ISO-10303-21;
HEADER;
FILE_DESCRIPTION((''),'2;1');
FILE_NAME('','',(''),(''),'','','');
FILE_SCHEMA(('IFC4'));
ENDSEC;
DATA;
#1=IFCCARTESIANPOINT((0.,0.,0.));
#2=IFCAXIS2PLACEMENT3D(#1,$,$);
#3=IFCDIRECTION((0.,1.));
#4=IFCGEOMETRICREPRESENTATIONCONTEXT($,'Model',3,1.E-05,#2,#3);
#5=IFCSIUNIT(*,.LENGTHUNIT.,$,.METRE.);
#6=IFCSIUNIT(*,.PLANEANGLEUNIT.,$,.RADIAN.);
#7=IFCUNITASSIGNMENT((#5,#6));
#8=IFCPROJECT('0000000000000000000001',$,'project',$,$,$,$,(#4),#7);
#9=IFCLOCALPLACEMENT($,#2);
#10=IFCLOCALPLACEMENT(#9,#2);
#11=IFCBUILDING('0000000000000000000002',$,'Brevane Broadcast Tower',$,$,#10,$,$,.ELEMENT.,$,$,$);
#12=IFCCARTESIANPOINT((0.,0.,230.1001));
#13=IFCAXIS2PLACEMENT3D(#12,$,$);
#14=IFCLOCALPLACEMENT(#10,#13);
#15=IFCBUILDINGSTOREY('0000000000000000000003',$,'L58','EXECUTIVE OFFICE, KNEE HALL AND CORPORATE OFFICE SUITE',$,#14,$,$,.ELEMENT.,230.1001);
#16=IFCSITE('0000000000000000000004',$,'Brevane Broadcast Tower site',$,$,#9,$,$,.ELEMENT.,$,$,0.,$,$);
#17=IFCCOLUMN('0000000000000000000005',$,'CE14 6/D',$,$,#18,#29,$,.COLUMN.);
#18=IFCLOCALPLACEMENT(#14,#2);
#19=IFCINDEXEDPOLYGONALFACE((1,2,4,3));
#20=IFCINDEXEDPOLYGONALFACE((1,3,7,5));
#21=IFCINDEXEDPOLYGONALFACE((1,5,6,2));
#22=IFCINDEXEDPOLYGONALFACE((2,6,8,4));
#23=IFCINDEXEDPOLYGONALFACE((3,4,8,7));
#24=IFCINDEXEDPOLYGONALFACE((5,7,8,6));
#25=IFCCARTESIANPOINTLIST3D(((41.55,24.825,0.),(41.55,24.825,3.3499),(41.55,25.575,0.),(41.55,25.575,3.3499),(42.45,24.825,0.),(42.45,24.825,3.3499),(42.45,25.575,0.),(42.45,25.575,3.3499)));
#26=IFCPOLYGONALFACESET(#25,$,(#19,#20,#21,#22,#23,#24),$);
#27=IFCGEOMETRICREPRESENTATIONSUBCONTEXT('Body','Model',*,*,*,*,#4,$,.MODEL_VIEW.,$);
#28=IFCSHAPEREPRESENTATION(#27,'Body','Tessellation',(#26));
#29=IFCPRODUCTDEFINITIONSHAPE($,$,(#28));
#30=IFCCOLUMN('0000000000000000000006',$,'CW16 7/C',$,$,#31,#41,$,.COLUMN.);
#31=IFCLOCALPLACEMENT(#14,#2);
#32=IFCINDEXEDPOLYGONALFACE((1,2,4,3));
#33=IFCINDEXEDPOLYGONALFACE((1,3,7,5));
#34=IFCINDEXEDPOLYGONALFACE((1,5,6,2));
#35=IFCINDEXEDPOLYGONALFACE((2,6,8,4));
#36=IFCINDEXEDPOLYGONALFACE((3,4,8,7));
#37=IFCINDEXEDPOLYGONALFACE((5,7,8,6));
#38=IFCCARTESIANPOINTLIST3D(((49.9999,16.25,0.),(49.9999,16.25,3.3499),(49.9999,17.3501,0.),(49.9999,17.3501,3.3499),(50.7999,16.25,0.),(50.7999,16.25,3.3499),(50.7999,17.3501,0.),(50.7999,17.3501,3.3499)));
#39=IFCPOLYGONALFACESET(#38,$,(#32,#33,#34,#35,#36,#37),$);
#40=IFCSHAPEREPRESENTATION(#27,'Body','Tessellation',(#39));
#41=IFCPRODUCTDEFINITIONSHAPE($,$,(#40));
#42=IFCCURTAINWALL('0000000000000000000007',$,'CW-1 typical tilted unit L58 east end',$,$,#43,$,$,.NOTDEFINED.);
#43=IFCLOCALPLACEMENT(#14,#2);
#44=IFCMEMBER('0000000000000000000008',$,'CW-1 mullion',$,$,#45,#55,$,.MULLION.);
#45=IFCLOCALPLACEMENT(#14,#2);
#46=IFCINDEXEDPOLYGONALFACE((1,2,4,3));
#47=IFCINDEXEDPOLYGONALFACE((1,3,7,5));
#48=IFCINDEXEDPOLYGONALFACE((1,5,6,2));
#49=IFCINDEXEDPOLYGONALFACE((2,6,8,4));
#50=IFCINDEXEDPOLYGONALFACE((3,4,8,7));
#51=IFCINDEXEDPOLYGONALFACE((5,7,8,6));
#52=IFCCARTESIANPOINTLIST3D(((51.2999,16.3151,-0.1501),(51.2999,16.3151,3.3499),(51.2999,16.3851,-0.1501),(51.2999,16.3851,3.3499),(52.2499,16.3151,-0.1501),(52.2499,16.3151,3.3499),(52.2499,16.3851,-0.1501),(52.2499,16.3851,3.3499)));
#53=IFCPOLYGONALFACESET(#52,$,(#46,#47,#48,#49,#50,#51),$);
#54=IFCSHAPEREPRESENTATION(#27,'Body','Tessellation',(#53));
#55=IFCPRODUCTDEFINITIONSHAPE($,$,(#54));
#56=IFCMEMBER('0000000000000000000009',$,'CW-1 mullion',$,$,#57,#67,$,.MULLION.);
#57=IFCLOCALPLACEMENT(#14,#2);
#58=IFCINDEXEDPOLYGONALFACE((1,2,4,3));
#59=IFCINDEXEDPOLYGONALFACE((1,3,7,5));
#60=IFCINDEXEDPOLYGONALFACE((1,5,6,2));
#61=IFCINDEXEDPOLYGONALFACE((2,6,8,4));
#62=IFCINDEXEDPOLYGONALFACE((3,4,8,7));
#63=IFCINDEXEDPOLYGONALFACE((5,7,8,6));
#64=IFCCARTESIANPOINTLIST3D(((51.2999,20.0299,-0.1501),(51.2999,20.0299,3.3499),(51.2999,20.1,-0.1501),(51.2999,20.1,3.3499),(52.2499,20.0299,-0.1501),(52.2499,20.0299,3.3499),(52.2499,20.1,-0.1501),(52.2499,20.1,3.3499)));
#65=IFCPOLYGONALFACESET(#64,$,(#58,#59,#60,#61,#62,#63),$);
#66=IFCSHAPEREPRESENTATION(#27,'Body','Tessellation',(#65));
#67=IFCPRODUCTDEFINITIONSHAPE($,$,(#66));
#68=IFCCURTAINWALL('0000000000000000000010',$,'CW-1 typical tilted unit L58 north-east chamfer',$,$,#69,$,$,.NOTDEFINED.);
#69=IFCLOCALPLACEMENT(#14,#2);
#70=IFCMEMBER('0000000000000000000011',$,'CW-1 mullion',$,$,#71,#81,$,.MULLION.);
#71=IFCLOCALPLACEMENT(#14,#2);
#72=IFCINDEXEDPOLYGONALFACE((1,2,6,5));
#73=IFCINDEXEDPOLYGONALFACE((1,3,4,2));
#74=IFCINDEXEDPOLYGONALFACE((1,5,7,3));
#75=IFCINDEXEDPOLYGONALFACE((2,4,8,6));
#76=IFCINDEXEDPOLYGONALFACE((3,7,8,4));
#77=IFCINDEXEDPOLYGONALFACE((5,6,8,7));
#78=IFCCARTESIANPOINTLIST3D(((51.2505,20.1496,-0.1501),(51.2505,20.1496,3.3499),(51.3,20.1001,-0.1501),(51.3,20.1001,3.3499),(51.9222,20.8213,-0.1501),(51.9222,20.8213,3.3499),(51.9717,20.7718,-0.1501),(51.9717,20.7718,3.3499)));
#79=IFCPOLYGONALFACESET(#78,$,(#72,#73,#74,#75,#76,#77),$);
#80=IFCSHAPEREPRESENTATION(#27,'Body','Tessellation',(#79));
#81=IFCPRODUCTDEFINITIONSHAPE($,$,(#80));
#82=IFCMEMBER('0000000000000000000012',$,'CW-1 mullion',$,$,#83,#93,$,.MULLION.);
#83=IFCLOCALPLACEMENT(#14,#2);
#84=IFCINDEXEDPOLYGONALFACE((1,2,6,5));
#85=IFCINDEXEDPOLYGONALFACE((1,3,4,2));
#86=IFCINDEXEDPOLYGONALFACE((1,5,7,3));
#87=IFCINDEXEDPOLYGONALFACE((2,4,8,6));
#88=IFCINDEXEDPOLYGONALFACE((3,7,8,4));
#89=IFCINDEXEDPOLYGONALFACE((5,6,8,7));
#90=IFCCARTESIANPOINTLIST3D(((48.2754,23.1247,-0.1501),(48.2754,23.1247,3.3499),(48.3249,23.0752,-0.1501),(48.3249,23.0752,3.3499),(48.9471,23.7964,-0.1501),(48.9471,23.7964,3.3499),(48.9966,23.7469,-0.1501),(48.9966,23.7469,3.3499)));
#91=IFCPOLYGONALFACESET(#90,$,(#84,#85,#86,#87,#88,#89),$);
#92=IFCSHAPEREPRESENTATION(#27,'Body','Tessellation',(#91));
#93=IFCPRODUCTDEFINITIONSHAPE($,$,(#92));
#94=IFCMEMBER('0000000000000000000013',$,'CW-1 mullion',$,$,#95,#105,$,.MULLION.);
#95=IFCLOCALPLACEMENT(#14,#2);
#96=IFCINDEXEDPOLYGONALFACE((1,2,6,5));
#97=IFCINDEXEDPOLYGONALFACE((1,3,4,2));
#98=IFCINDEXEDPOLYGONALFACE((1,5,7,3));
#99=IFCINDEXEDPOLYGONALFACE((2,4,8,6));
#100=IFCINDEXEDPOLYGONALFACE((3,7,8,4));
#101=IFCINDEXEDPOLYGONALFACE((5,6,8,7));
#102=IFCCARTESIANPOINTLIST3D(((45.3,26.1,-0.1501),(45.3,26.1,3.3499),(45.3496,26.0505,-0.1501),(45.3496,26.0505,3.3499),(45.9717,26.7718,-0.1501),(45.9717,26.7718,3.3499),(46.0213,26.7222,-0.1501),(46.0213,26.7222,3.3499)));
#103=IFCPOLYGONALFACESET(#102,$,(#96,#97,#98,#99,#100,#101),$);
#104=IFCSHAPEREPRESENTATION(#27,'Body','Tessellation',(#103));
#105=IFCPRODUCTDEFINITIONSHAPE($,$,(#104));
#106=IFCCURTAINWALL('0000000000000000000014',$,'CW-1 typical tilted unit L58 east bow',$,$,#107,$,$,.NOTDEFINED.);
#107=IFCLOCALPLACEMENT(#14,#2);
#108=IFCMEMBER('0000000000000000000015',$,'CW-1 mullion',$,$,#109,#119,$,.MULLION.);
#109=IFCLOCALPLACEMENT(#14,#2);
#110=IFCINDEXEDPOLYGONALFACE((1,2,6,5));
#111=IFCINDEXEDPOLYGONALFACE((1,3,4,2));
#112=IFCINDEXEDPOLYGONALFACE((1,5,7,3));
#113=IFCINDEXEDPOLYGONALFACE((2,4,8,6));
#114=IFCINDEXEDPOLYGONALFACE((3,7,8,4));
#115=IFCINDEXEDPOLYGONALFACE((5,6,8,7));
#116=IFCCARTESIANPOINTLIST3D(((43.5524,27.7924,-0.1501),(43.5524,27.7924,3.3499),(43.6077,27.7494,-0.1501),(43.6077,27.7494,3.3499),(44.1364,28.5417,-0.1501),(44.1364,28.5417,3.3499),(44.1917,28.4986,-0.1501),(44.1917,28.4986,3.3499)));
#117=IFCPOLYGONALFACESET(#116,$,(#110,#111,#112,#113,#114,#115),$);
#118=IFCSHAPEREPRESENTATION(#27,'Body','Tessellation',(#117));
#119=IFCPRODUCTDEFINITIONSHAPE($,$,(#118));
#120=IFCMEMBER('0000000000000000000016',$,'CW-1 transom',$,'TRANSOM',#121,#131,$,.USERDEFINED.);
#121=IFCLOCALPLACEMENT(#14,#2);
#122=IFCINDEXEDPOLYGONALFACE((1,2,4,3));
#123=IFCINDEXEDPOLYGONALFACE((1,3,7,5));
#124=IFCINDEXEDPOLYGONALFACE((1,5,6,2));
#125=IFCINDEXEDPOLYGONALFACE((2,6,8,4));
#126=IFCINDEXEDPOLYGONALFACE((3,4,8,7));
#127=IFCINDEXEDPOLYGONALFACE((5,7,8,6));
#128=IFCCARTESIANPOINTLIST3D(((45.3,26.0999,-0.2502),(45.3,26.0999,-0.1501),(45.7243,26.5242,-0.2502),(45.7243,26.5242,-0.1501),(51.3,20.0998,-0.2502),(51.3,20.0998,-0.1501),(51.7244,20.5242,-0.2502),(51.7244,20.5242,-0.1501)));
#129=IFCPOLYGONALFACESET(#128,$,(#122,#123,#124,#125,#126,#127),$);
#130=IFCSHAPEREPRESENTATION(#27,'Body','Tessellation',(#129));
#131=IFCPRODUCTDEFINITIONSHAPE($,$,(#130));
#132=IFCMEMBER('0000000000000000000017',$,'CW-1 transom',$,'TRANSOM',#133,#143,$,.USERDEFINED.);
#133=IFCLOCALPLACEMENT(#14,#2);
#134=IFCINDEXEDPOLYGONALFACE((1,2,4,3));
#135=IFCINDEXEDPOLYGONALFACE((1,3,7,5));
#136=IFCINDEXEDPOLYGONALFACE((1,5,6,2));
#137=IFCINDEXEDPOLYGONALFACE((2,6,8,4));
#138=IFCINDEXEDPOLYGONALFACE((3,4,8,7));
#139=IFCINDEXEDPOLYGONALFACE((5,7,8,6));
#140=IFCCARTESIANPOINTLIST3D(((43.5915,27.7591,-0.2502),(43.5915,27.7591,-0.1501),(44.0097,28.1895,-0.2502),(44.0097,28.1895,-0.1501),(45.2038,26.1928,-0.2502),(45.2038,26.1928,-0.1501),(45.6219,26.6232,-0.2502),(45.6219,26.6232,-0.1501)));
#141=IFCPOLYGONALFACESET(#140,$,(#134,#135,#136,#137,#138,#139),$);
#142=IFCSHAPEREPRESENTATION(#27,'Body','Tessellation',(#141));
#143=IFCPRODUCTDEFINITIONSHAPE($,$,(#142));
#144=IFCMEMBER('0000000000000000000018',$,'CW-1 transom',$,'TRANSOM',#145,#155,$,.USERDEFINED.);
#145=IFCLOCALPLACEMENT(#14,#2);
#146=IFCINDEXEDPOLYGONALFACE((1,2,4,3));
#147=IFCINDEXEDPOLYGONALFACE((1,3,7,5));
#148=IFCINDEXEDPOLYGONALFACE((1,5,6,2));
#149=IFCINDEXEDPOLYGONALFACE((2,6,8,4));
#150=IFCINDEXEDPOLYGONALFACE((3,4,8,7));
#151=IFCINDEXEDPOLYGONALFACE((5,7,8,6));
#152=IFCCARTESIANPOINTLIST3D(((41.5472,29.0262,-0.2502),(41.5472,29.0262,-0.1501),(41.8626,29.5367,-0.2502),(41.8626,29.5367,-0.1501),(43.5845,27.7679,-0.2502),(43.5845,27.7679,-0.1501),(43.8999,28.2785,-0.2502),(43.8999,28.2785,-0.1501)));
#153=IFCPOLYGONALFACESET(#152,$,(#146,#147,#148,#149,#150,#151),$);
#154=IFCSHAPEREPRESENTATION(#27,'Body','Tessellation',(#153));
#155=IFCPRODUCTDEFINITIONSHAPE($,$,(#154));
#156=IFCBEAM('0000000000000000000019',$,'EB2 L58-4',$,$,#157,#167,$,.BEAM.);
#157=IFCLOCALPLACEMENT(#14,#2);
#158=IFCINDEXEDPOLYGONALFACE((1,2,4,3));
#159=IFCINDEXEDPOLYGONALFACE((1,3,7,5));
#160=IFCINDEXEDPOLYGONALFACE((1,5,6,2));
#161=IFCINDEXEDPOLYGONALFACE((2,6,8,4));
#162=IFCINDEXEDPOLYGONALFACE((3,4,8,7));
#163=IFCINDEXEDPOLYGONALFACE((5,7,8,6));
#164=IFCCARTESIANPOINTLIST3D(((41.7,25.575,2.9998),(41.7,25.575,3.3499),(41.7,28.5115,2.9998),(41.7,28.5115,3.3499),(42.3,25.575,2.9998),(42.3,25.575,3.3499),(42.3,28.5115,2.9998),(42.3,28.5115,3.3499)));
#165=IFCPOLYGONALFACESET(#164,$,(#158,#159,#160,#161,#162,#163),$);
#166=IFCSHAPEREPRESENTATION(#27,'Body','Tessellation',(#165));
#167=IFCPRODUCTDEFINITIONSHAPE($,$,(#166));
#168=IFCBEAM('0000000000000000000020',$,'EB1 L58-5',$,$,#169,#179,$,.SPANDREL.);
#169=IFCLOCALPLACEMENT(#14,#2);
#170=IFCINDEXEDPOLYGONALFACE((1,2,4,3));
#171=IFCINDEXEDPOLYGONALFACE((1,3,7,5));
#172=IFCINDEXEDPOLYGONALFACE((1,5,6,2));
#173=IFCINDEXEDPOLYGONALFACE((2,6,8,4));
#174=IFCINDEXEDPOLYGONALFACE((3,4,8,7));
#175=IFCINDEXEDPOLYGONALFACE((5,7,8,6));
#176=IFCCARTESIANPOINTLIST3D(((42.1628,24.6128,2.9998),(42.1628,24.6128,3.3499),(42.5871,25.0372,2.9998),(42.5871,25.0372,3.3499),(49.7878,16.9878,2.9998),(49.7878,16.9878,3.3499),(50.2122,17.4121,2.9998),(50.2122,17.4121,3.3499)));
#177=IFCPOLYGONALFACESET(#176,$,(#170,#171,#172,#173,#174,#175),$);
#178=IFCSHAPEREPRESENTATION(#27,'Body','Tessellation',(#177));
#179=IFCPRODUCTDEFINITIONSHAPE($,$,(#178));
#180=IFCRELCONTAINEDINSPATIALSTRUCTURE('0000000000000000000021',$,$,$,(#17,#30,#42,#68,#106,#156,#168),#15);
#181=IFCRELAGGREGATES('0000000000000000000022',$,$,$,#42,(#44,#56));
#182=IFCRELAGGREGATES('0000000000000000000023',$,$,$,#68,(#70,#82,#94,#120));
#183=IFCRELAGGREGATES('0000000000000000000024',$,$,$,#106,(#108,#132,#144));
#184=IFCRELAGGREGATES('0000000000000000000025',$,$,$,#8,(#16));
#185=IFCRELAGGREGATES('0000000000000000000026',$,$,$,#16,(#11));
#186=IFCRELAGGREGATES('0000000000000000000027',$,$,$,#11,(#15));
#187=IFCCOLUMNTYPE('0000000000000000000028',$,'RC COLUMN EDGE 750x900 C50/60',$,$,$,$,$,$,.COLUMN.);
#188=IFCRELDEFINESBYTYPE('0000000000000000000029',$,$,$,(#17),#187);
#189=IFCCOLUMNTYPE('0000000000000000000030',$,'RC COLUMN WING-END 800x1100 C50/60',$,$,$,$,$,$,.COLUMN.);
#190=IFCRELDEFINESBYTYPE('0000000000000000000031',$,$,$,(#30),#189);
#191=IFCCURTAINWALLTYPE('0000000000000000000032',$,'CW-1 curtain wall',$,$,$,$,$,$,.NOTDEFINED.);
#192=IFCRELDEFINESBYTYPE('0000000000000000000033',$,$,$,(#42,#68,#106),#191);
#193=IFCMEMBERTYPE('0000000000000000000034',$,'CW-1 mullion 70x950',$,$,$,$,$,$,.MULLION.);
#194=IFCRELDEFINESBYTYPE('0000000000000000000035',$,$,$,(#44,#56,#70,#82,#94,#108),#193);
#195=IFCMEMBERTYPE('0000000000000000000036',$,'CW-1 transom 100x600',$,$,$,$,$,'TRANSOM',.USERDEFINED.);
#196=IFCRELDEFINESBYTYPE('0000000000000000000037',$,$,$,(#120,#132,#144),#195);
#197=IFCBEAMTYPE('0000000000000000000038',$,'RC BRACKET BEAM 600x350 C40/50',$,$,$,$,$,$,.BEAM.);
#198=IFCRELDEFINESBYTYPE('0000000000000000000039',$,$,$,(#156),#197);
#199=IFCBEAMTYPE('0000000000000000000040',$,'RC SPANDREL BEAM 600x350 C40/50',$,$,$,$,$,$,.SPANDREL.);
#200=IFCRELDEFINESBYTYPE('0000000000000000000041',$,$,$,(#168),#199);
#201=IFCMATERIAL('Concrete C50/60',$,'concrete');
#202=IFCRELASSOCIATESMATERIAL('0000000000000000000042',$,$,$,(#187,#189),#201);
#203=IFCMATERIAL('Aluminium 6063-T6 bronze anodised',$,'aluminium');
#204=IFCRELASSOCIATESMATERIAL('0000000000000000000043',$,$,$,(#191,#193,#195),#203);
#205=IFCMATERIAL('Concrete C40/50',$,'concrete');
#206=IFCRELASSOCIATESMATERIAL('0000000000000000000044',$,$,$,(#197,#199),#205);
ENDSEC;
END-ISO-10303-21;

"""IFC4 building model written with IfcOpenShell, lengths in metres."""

from ifc_helpers import new_model, si_unit, direction, frame, origin, origin_2d, place, context, subcontext, project, spatial, rectangle, extrude, material, material_profile, profile_set, type_object, element, aggregate, save


model = new_model("IFC4")

# Units and contexts
model_context = context("Model", 3, precision=1e-05, world=origin(), true_north=direction((0.0, 1.0)))
body_context = subcontext(model_context, "Body", "Model", "MODEL_VIEW")
ifc_project = project(units=[si_unit("LENGTHUNIT", "METRE"), si_unit("PLANEANGLEUNIT", "RADIAN")], contexts=[model_context])

# Site, building, storey
site_placement = place(None, origin())
site = spatial("IfcSite", under=ifc_project, at=site_placement, Name="Brevane Broadcast Tower site", CompositionType="ELEMENT", RefElevation=0.0)
building_placement = place(site_placement, origin())
building = spatial("IfcBuilding", under=site, at=building_placement, Name="Brevane Broadcast Tower", CompositionType="ELEMENT")
storey_placement = place(building_placement, frame((0.0, 0.0, 230.1001)))
storey = spatial("IfcBuildingStorey", under=building, at=storey_placement, Name="L58", Description="EXECUTIVE OFFICE, KNEE HALL AND CORPORATE OFFICE SUITE", CompositionType="ELEMENT", Elevation=230.1001)

# Columns
ifc_material_1 = material(Name="Concrete C50/60", Category="concrete")
ifc_material_profile_1 = material_profile(ifc_material_1, rectangle(XDim=0.75, YDim=0.8999, at=origin_2d()), Name="RC 750x900")
ifc_profile_set_1 = profile_set([ifc_material_profile_1], Name="Concrete C50/60")
column_type_1 = type_object("IfcColumnType", Name="RC COLUMN EDGE 750x900 C50/60", PredefinedType="COLUMN", material=ifc_profile_set_1)
column_1_placement = place(storey_placement, frame((42.0, 25.2, 0.0), z_axis=(0.0, 0.0, 1.0), x_axis=(0.0, 1.0, 0.0)))
element("IfcColumn", 1, at=column_1_placement, inside=storey, type_object=column_type_1, Name="CE14 6/D", PredefinedType="COLUMN", context=body_context, shape_type="SweptSolid", body=[
    extrude(rectangle(XDim=0.75, YDim=0.8999, at=origin_2d()), origin(), (0.0, 0.0, 1.0), 3.3499),
])
ifc_material_profile_2 = material_profile(ifc_material_1, rectangle(XDim=0.8, YDim=1.1001, at=origin_2d()), Name="RC 800x1100")
ifc_profile_set_2 = profile_set([ifc_material_profile_2], Name="Concrete C50/60")
column_type_2 = type_object("IfcColumnType", Name="RC COLUMN WING-END 800x1100 C50/60", PredefinedType="COLUMN", material=ifc_profile_set_2)
column_2_placement = place(storey_placement, frame((50.3999, 16.8, 0.0), z_axis=(0.0, 0.0, 1.0), x_axis=(1.0, 0.0, 0.0)))
element("IfcColumn", 2, at=column_2_placement, inside=storey, type_object=column_type_2, Name="CW16 7/C", PredefinedType="COLUMN", context=body_context, shape_type="SweptSolid", body=[
    extrude(rectangle(XDim=0.8, YDim=1.1001, at=origin_2d()), origin(), (0.0, 0.0, 1.0), 3.3499),
])

# Curtain walls, members
ifc_material_2 = material(Name="Aluminium 6063-T6 bronze anodised", Category="aluminium")
curtain_wall_type = type_object("IfcCurtainWallType", Name="CW-1 curtain wall", PredefinedType="NOTDEFINED", material=ifc_material_2)
curtain_wall_1_placement = place(storey_placement, origin())
curtain_wall_1 = element("IfcCurtainWall", 3, at=curtain_wall_1_placement, inside=storey, type_object=curtain_wall_type, Name="CW-1 typical tilted unit L58 east end", PredefinedType="NOTDEFINED")
ifc_material_profile_3 = material_profile(ifc_material_2, rectangle(XDim=0.95, YDim=0.0701, at=origin_2d()), Name="RECT 70x950")
ifc_profile_set_3 = profile_set([ifc_material_profile_3], Name="Aluminium 6063-T6 bronze anodised")
member_type_1 = type_object("IfcMemberType", Name="CW-1 mullion 70x950", PredefinedType="MULLION", material=ifc_profile_set_3)
member_1_placement = place(storey_placement, frame((51.7749, 16.3501, -0.1501), z_axis=(0.0, 0.0, 1.0), x_axis=(-1.0, 0.0, 0.0)))
member_1 = element("IfcMember", 4, at=member_1_placement, type_object=member_type_1, Name="CW-1 mullion", PredefinedType="MULLION", context=body_context, shape_type="SweptSolid", body=[
    extrude(rectangle(XDim=0.95, YDim=0.0701, at=origin_2d()), origin(), (0.0, 0.0, 1.0), 3.5),
])
member_2_placement = place(storey_placement, frame((51.7749, 20.0649, -0.1501), z_axis=(0.0, 0.0, 1.0), x_axis=(-1.0, 0.0, 0.0)))
member_2 = element("IfcMember", 5, at=member_2_placement, type_object=member_type_1, Name="CW-1 mullion", PredefinedType="MULLION", context=body_context, shape_type="SweptSolid", body=[
    extrude(rectangle(XDim=0.95, YDim=0.0701, at=origin_2d()), origin(), (0.0, 0.0, 1.0), 3.5),
])
aggregate(curtain_wall_1, [member_1, member_2])
curtain_wall_2_placement = place(storey_placement, origin())
curtain_wall_2 = element("IfcCurtainWall", 6, at=curtain_wall_2_placement, inside=storey, type_object=curtain_wall_type, Name="CW-1 typical tilted unit L58 north-east chamfer", PredefinedType="NOTDEFINED")
member_3_placement = place(storey_placement, frame((51.6111, 20.4607, -0.1501), z_axis=(0.0, 0.0, 1.0), x_axis=(-0.707107, -0.707107, 0.0)))
member_3 = element("IfcMember", 7, at=member_3_placement, type_object=member_type_1, Name="CW-1 mullion", PredefinedType="MULLION", context=body_context, shape_type="SweptSolid", body=[
    extrude(rectangle(XDim=0.95, YDim=0.0701, at=origin_2d()), origin(), (0.0, 0.0, 1.0), 3.5),
])
member_4_placement = place(storey_placement, frame((48.636, 23.4358, -0.1501), z_axis=(0.0, 0.0, 1.0), x_axis=(-0.707107, -0.707107, 0.0)))
member_4 = element("IfcMember", 8, at=member_4_placement, type_object=member_type_1, Name="CW-1 mullion", PredefinedType="MULLION", context=body_context, shape_type="SweptSolid", body=[
    extrude(rectangle(XDim=0.95, YDim=0.0701, at=origin_2d()), origin(), (0.0, 0.0, 1.0), 3.5),
])
member_5_placement = place(storey_placement, frame((45.6606, 26.4111, -0.1501), z_axis=(0.0, 0.0, 1.0), x_axis=(-0.707107, -0.707107, 0.0)))
member_5 = element("IfcMember", 9, at=member_5_placement, type_object=member_type_1, Name="CW-1 mullion", PredefinedType="MULLION", context=body_context, shape_type="SweptSolid", body=[
    extrude(rectangle(XDim=0.95, YDim=0.0701, at=origin_2d()), origin(), (0.0, 0.0, 1.0), 3.5),
])

# Curtain wall, member
curtain_wall_3_placement = place(storey_placement, origin())
curtain_wall_3 = element("IfcCurtainWall", 10, at=curtain_wall_3_placement, inside=storey, type_object=curtain_wall_type, Name="CW-1 typical tilted unit L58 east bow", PredefinedType="NOTDEFINED")
member_6_placement = place(storey_placement, frame((43.8721, 28.1455, -0.1501), z_axis=(0.0, 0.0, 1.0), x_axis=(-0.61477, -0.788707, 0.0)))
member_6 = element("IfcMember", 11, at=member_6_placement, type_object=member_type_1, Name="CW-1 mullion", PredefinedType="MULLION", context=body_context, shape_type="SweptSolid", body=[
    extrude(rectangle(XDim=0.95, YDim=0.0701, at=origin_2d()), origin(), (0.0, 0.0, 1.0), 3.5),
])

# Members
ifc_material_profile_4 = material_profile(ifc_material_2, rectangle(XDim=0.6001, YDim=0.1001, at=origin_2d()), Name="RECT 100x600")
ifc_profile_set_4 = profile_set([ifc_material_profile_4], Name="Aluminium 6063-T6 bronze anodised")
member_type_2 = type_object("IfcMemberType", Name="CW-1 transom 100x600", ElementType="TRANSOM", PredefinedType="USERDEFINED", material=ifc_profile_set_4)
member_7_placement = place(storey_placement, frame((51.5122, 20.312, -0.2002), z_axis=(-0.707107, 0.707107, 0.0), x_axis=(-0.707107, -0.707107, 0.0)))
member_7 = element("IfcMember", 12, at=member_7_placement, type_object=member_type_2, Name="CW-1 transom", ObjectType="TRANSOM", PredefinedType="USERDEFINED", context=body_context, shape_type="SweptSolid", body=[
    extrude(rectangle(XDim=0.6001, YDim=0.1001, at=origin_2d()), origin(), (0.0, 0.0, 1.0), 8.4854),
])
aggregate(curtain_wall_2, [member_3, member_4, member_5, member_7])
member_8_placement = place(storey_placement, frame((45.4128, 26.408, -0.2002), z_axis=(-0.717242, 0.696824, 0.0), x_axis=(-0.696824, -0.717242, 0.0)))
member_8 = element("IfcMember", 13, at=member_8_placement, type_object=member_type_2, Name="CW-1 transom", ObjectType="TRANSOM", PredefinedType="USERDEFINED", context=body_context, shape_type="SweptSolid", body=[
    extrude(rectangle(XDim=0.6001, YDim=0.1001, at=origin_2d()), origin(), (0.0, 0.0, 1.0), 2.2478),
])
member_9_placement = place(storey_placement, frame((43.7422, 28.0232, -0.2002), z_axis=(-0.85081, 0.525473, 0.0), x_axis=(-0.525473, -0.85081, 0.0)))
member_9 = element("IfcMember", 14, at=member_9_placement, type_object=member_type_2, Name="CW-1 transom", ObjectType="TRANSOM", PredefinedType="USERDEFINED", context=body_context, shape_type="SweptSolid", body=[
    extrude(rectangle(XDim=0.6001, YDim=0.1001, at=origin_2d()), origin(), (0.0, 0.0, 1.0), 2.3945),
])
aggregate(curtain_wall_3, [member_6, member_8, member_9])

# Beams
ifc_material_3 = material(Name="Concrete C40/50", Category="concrete")
ifc_material_profile_5 = material_profile(ifc_material_3, rectangle(XDim=0.6001, YDim=0.3501, at=origin_2d()), Name="RC 600x350")
ifc_profile_set_5 = profile_set([ifc_material_profile_5], Name="Concrete C40/50")
beam_type_1 = type_object("IfcBeamType", Name="RC BRACKET BEAM 600x350 C40/50", PredefinedType="BEAM", material=ifc_profile_set_5)
beam_1_placement = place(storey_placement, frame((42.0, 25.575, 3.1748), z_axis=(0.0, 1.0, 0.0), x_axis=(-1.0, 0.0, 0.0)))
element("IfcBeam", 15, at=beam_1_placement, inside=storey, type_object=beam_type_1, Name="EB2 L58-4", PredefinedType="BEAM", context=body_context, shape_type="SweptSolid", body=[
    extrude(rectangle(XDim=0.6001, YDim=0.3501, at=origin_2d()), origin(), (0.0, 0.0, 1.0), 2.9365),
])
ifc_material_profile_6 = material_profile(ifc_material_3, rectangle(XDim=0.6001, YDim=0.3501, at=origin_2d()), Name="RC 600x350")
ifc_profile_set_6 = profile_set([ifc_material_profile_6], Name="Concrete C40/50")
beam_type_2 = type_object("IfcBeamType", Name="RC SPANDREL BEAM 600x350 C40/50", PredefinedType="SPANDREL", material=ifc_profile_set_6)
beam_2_placement = place(storey_placement, frame((50.0, 17.2, 3.1748), z_axis=(-0.707107, 0.707107, 0.0), x_axis=(-0.707107, -0.707107, 0.0)))
element("IfcBeam", 16, at=beam_2_placement, inside=storey, type_object=beam_type_2, Name="EB1 L58-5", PredefinedType="SPANDREL", context=body_context, shape_type="SweptSolid", body=[
    extrude(rectangle(XDim=0.6001, YDim=0.3501, at=origin_2d()), origin(), (0.0, 0.0, 1.0), 10.7834),
])

save(model, "model.ifc")
